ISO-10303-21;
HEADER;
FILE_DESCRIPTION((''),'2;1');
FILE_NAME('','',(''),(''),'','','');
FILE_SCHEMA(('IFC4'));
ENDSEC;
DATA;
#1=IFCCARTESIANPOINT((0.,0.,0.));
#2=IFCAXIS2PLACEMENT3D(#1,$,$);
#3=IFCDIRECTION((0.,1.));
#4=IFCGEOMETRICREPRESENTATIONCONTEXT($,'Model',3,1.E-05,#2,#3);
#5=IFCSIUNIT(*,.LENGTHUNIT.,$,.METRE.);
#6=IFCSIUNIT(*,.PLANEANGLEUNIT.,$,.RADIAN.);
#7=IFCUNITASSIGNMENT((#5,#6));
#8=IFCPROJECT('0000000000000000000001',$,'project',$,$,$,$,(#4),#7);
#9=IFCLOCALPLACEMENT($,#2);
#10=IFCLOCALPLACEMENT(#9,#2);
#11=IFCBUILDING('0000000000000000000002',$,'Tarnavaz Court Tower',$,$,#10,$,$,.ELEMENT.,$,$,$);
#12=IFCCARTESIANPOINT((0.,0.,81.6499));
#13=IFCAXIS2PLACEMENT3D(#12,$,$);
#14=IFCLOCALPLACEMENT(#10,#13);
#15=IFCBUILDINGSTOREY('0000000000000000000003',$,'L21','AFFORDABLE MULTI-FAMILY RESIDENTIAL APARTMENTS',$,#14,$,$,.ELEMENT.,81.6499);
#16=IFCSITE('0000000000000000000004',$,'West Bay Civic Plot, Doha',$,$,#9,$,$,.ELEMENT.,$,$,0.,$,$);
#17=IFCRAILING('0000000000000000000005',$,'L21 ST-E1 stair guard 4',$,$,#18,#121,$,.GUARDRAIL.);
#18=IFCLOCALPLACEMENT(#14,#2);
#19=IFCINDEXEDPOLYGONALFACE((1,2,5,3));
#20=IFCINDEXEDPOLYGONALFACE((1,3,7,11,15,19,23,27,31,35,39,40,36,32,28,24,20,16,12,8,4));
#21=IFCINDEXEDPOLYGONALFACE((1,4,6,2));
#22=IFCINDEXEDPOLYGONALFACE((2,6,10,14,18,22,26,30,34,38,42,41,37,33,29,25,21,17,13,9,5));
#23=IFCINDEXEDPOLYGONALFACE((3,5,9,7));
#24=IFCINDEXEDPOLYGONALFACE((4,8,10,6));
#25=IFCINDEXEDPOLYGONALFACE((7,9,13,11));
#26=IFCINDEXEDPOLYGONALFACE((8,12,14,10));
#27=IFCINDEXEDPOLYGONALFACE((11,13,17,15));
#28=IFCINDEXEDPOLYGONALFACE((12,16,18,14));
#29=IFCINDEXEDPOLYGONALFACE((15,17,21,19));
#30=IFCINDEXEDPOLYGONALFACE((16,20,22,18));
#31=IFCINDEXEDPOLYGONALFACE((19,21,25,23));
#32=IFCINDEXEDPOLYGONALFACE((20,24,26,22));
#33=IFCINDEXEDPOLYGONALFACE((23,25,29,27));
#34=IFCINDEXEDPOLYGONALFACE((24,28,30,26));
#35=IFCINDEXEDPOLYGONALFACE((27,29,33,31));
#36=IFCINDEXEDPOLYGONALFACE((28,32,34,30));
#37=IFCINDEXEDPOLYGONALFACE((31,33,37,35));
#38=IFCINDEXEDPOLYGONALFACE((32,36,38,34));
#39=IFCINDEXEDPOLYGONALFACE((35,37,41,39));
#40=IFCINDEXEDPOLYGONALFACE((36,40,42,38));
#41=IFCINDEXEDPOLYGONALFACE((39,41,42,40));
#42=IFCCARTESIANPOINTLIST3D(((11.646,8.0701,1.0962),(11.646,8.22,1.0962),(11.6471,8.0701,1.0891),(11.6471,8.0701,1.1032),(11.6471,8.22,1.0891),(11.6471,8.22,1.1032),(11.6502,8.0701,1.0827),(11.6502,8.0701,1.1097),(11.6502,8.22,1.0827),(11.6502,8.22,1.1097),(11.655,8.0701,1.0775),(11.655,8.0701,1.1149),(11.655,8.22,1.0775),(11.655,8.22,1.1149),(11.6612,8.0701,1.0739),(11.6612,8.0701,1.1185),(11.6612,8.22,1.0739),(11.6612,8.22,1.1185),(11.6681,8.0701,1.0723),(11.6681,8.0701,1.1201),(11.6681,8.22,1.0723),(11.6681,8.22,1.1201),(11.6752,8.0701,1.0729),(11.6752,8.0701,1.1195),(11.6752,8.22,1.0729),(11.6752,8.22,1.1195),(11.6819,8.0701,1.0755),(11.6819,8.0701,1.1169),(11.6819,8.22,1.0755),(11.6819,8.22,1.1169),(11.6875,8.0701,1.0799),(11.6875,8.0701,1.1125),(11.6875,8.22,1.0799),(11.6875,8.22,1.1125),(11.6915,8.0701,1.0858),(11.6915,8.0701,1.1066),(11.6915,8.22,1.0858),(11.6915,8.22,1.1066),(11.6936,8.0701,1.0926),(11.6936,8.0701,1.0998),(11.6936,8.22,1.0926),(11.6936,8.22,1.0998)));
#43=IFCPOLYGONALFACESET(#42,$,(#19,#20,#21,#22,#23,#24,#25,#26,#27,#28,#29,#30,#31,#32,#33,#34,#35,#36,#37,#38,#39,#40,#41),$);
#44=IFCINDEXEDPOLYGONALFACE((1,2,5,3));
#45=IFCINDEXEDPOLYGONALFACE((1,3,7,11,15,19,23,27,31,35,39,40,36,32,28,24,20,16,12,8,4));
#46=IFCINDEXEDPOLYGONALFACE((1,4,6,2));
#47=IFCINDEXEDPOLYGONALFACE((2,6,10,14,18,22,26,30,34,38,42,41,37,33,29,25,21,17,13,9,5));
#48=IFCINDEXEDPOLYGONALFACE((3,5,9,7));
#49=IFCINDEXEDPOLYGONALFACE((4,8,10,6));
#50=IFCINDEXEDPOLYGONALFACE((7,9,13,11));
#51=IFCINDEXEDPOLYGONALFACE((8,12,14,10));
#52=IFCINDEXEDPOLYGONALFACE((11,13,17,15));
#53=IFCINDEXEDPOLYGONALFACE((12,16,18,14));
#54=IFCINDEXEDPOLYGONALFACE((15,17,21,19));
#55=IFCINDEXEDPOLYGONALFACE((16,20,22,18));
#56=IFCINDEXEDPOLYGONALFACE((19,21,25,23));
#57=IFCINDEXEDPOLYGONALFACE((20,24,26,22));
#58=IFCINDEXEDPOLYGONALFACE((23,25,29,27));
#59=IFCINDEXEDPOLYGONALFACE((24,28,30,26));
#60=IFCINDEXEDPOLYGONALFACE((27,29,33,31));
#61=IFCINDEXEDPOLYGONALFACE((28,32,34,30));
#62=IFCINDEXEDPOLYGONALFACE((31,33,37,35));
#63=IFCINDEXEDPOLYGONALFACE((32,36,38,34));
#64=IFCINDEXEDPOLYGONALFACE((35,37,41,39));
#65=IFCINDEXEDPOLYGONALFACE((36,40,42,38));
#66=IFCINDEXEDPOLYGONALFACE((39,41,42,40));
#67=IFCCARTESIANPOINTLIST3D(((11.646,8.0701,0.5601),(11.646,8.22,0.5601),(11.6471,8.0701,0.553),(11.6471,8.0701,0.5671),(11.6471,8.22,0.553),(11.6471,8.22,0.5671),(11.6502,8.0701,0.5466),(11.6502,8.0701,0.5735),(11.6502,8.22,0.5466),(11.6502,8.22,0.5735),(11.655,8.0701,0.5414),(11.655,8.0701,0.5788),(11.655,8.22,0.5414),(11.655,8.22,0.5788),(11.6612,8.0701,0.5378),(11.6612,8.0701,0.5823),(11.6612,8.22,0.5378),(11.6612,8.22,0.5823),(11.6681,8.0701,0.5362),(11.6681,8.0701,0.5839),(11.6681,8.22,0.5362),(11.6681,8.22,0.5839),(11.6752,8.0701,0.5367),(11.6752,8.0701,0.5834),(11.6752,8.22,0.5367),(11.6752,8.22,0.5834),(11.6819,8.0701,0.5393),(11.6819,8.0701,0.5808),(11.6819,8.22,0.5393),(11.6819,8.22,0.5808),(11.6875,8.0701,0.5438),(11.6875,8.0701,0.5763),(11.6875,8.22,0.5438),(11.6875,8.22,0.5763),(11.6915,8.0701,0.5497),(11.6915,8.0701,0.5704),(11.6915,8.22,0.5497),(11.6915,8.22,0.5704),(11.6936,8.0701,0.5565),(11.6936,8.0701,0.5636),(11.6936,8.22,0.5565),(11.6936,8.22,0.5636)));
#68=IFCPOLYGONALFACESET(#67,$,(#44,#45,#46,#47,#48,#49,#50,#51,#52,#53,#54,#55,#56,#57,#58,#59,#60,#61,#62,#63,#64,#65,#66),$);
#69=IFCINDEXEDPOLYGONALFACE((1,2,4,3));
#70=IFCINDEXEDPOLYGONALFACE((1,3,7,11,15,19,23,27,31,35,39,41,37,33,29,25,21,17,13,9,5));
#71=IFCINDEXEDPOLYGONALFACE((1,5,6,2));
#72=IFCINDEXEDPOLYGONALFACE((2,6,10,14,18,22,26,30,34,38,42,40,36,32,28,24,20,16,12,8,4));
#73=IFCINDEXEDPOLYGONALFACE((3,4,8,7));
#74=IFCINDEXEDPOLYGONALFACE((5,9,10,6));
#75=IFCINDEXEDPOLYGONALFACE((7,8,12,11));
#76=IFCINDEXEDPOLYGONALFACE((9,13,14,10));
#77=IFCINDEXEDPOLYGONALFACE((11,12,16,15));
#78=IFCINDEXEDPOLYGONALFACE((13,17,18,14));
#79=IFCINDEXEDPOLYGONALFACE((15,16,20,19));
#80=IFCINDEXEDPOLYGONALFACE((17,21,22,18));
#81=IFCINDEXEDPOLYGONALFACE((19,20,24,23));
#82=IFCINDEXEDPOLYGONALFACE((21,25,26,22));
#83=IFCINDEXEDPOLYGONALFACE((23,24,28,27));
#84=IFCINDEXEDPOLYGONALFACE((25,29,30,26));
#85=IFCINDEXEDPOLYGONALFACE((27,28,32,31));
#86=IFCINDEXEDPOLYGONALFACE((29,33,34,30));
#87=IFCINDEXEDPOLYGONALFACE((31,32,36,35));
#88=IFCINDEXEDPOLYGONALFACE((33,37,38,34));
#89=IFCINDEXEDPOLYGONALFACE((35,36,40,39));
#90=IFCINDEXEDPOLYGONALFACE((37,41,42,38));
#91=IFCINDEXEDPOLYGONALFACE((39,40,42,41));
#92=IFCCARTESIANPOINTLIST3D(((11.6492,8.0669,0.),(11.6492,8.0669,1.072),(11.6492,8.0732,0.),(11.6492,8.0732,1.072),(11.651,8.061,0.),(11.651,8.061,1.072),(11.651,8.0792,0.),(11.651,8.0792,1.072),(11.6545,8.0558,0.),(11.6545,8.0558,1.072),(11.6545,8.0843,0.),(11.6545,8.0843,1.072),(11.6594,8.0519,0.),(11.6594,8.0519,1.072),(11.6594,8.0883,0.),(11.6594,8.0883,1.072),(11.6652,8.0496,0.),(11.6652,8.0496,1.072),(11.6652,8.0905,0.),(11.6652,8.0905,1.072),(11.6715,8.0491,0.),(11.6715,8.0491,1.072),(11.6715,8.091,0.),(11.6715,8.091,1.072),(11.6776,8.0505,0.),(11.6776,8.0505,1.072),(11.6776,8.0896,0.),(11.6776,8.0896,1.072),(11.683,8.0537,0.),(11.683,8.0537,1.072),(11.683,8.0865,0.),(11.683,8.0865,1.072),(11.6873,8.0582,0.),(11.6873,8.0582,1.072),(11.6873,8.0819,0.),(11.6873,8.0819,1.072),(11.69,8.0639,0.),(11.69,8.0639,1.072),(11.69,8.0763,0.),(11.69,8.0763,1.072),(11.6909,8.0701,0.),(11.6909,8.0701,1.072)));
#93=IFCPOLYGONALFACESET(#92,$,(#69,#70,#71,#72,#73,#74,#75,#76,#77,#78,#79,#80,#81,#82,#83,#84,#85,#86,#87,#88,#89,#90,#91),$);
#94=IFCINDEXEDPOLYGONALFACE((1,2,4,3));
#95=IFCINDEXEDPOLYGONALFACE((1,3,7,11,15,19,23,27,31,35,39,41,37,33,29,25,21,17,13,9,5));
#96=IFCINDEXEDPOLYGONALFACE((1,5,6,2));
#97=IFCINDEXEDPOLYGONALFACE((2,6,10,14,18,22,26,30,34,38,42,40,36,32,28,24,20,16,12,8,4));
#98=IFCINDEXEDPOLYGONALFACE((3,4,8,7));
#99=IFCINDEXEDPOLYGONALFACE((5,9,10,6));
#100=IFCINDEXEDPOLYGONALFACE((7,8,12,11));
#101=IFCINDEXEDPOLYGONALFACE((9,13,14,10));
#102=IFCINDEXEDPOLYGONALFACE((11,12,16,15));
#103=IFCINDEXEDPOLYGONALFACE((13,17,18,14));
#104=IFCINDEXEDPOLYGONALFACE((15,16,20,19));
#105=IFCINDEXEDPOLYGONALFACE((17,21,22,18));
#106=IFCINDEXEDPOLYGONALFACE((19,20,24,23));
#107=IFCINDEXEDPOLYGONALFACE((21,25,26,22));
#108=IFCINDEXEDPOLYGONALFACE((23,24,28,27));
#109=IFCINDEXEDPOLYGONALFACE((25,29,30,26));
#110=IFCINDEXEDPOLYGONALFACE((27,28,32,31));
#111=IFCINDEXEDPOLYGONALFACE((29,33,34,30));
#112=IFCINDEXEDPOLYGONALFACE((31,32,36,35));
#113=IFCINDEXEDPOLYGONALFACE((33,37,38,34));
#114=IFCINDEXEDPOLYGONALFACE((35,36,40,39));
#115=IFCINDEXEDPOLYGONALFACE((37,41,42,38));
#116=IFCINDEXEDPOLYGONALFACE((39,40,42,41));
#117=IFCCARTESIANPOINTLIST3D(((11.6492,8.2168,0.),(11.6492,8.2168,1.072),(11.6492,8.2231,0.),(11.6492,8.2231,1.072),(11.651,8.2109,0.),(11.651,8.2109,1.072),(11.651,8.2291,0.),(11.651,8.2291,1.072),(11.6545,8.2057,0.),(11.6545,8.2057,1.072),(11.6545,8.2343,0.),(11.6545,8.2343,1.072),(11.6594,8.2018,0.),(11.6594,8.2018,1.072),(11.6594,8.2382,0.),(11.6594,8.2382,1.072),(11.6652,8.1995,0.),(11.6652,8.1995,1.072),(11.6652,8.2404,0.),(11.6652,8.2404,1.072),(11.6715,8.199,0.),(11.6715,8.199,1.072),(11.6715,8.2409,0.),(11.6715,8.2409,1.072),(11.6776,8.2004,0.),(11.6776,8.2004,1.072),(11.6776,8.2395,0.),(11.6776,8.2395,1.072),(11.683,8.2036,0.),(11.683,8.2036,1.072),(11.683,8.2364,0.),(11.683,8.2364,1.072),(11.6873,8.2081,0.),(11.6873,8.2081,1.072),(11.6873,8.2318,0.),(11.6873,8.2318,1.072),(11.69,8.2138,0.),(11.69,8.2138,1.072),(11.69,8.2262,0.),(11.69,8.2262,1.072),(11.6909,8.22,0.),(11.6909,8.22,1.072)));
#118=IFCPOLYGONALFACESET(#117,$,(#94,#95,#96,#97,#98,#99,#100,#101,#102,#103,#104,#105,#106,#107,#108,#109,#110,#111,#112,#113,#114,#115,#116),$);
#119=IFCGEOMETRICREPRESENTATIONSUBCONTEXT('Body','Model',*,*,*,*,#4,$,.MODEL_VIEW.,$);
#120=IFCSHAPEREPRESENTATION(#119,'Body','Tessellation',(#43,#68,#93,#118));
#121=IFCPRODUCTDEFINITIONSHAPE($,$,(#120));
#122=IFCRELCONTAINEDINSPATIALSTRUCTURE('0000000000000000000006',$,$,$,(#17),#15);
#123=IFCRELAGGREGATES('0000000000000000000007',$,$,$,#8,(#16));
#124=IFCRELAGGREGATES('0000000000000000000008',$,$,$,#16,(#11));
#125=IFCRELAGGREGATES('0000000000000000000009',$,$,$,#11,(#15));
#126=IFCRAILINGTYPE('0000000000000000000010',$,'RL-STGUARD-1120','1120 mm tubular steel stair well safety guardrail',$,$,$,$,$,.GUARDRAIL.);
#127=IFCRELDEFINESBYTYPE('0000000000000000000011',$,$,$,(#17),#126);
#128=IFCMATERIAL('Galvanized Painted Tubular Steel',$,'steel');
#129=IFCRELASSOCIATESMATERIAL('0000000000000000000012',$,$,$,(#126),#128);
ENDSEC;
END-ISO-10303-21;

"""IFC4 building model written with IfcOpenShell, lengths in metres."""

from ifc_helpers import new_model, si_unit, direction, frame, origin, origin_2d, place, context, subcontext, project, spatial, circle, extrude, material, type_object, element, save


model = new_model("IFC4")

# Units and contexts
model_context = context("Model", 3, precision=1e-05, world=origin(), true_north=direction((0.0, 1.0)))
body_context = subcontext(model_context, "Body", "Model", "MODEL_VIEW")
ifc_project = project(units=[si_unit("LENGTHUNIT", "METRE"), si_unit("PLANEANGLEUNIT", "RADIAN")], contexts=[model_context])

# Site, building, storey
site_placement = place(None, origin())
site = spatial("IfcSite", under=ifc_project, at=site_placement, Name="West Bay Civic Plot, Doha", CompositionType="ELEMENT", RefElevation=0.0)
building_placement = place(site_placement, origin())
building = spatial("IfcBuilding", under=site, at=building_placement, Name="Tarnavaz Court Tower", CompositionType="ELEMENT")
storey_placement = place(building_placement, frame((0.0, 0.0, 81.6499)))
storey = spatial("IfcBuildingStorey", under=building, at=storey_placement, Name="L21", Description="AFFORDABLE MULTI-FAMILY RESIDENTIAL APARTMENTS", CompositionType="ELEMENT", Elevation=81.6499)

# Railing
ifc_material_1 = material(Name="Galvanized Painted Tubular Steel", Category="steel")
railing_type_1 = type_object("IfcRailingType", Name="RL-STGUARD-1120", Description="1120 mm tubular steel stair well safety guardrail", PredefinedType="GUARDRAIL", material=ifc_material_1)
railing_1_placement = place(storey_placement, frame((11.6699, 8.0701, 0.0)))
element("IfcRailing", 1, at=railing_1_placement, inside=storey, type_object=railing_type_1, Name="L21 ST-E1 stair guard 4", PredefinedType="GUARDRAIL", context=body_context, shape_type="SweptSolid", body=[
    extrude(circle(Radius=0.0239, at=origin_2d()), frame((0.0, 0.0, 1.0962), z_axis=(0.0, 1.0, 0.0), x_axis=(-1.0, 0.0, 0.0)), (0.0, 0.0, 1.0), 0.1499),
    extrude(circle(Radius=0.0239, at=origin_2d()), frame((0.0, 0.0, 0.5601), z_axis=(0.0, 1.0, 0.0), x_axis=(-1.0, 0.0, 0.0)), (0.0, 0.0, 1.0), 0.1499),
    extrude(circle(Radius=0.021, at=origin_2d()), origin(), (0.0, 0.0, 1.0), 1.072),
    extrude(circle(Radius=0.021, at=origin_2d()), frame((0.0, 0.1499, 0.0)), (0.0, 0.0, 1.0), 1.072),
])

save(model, "model.ifc")
